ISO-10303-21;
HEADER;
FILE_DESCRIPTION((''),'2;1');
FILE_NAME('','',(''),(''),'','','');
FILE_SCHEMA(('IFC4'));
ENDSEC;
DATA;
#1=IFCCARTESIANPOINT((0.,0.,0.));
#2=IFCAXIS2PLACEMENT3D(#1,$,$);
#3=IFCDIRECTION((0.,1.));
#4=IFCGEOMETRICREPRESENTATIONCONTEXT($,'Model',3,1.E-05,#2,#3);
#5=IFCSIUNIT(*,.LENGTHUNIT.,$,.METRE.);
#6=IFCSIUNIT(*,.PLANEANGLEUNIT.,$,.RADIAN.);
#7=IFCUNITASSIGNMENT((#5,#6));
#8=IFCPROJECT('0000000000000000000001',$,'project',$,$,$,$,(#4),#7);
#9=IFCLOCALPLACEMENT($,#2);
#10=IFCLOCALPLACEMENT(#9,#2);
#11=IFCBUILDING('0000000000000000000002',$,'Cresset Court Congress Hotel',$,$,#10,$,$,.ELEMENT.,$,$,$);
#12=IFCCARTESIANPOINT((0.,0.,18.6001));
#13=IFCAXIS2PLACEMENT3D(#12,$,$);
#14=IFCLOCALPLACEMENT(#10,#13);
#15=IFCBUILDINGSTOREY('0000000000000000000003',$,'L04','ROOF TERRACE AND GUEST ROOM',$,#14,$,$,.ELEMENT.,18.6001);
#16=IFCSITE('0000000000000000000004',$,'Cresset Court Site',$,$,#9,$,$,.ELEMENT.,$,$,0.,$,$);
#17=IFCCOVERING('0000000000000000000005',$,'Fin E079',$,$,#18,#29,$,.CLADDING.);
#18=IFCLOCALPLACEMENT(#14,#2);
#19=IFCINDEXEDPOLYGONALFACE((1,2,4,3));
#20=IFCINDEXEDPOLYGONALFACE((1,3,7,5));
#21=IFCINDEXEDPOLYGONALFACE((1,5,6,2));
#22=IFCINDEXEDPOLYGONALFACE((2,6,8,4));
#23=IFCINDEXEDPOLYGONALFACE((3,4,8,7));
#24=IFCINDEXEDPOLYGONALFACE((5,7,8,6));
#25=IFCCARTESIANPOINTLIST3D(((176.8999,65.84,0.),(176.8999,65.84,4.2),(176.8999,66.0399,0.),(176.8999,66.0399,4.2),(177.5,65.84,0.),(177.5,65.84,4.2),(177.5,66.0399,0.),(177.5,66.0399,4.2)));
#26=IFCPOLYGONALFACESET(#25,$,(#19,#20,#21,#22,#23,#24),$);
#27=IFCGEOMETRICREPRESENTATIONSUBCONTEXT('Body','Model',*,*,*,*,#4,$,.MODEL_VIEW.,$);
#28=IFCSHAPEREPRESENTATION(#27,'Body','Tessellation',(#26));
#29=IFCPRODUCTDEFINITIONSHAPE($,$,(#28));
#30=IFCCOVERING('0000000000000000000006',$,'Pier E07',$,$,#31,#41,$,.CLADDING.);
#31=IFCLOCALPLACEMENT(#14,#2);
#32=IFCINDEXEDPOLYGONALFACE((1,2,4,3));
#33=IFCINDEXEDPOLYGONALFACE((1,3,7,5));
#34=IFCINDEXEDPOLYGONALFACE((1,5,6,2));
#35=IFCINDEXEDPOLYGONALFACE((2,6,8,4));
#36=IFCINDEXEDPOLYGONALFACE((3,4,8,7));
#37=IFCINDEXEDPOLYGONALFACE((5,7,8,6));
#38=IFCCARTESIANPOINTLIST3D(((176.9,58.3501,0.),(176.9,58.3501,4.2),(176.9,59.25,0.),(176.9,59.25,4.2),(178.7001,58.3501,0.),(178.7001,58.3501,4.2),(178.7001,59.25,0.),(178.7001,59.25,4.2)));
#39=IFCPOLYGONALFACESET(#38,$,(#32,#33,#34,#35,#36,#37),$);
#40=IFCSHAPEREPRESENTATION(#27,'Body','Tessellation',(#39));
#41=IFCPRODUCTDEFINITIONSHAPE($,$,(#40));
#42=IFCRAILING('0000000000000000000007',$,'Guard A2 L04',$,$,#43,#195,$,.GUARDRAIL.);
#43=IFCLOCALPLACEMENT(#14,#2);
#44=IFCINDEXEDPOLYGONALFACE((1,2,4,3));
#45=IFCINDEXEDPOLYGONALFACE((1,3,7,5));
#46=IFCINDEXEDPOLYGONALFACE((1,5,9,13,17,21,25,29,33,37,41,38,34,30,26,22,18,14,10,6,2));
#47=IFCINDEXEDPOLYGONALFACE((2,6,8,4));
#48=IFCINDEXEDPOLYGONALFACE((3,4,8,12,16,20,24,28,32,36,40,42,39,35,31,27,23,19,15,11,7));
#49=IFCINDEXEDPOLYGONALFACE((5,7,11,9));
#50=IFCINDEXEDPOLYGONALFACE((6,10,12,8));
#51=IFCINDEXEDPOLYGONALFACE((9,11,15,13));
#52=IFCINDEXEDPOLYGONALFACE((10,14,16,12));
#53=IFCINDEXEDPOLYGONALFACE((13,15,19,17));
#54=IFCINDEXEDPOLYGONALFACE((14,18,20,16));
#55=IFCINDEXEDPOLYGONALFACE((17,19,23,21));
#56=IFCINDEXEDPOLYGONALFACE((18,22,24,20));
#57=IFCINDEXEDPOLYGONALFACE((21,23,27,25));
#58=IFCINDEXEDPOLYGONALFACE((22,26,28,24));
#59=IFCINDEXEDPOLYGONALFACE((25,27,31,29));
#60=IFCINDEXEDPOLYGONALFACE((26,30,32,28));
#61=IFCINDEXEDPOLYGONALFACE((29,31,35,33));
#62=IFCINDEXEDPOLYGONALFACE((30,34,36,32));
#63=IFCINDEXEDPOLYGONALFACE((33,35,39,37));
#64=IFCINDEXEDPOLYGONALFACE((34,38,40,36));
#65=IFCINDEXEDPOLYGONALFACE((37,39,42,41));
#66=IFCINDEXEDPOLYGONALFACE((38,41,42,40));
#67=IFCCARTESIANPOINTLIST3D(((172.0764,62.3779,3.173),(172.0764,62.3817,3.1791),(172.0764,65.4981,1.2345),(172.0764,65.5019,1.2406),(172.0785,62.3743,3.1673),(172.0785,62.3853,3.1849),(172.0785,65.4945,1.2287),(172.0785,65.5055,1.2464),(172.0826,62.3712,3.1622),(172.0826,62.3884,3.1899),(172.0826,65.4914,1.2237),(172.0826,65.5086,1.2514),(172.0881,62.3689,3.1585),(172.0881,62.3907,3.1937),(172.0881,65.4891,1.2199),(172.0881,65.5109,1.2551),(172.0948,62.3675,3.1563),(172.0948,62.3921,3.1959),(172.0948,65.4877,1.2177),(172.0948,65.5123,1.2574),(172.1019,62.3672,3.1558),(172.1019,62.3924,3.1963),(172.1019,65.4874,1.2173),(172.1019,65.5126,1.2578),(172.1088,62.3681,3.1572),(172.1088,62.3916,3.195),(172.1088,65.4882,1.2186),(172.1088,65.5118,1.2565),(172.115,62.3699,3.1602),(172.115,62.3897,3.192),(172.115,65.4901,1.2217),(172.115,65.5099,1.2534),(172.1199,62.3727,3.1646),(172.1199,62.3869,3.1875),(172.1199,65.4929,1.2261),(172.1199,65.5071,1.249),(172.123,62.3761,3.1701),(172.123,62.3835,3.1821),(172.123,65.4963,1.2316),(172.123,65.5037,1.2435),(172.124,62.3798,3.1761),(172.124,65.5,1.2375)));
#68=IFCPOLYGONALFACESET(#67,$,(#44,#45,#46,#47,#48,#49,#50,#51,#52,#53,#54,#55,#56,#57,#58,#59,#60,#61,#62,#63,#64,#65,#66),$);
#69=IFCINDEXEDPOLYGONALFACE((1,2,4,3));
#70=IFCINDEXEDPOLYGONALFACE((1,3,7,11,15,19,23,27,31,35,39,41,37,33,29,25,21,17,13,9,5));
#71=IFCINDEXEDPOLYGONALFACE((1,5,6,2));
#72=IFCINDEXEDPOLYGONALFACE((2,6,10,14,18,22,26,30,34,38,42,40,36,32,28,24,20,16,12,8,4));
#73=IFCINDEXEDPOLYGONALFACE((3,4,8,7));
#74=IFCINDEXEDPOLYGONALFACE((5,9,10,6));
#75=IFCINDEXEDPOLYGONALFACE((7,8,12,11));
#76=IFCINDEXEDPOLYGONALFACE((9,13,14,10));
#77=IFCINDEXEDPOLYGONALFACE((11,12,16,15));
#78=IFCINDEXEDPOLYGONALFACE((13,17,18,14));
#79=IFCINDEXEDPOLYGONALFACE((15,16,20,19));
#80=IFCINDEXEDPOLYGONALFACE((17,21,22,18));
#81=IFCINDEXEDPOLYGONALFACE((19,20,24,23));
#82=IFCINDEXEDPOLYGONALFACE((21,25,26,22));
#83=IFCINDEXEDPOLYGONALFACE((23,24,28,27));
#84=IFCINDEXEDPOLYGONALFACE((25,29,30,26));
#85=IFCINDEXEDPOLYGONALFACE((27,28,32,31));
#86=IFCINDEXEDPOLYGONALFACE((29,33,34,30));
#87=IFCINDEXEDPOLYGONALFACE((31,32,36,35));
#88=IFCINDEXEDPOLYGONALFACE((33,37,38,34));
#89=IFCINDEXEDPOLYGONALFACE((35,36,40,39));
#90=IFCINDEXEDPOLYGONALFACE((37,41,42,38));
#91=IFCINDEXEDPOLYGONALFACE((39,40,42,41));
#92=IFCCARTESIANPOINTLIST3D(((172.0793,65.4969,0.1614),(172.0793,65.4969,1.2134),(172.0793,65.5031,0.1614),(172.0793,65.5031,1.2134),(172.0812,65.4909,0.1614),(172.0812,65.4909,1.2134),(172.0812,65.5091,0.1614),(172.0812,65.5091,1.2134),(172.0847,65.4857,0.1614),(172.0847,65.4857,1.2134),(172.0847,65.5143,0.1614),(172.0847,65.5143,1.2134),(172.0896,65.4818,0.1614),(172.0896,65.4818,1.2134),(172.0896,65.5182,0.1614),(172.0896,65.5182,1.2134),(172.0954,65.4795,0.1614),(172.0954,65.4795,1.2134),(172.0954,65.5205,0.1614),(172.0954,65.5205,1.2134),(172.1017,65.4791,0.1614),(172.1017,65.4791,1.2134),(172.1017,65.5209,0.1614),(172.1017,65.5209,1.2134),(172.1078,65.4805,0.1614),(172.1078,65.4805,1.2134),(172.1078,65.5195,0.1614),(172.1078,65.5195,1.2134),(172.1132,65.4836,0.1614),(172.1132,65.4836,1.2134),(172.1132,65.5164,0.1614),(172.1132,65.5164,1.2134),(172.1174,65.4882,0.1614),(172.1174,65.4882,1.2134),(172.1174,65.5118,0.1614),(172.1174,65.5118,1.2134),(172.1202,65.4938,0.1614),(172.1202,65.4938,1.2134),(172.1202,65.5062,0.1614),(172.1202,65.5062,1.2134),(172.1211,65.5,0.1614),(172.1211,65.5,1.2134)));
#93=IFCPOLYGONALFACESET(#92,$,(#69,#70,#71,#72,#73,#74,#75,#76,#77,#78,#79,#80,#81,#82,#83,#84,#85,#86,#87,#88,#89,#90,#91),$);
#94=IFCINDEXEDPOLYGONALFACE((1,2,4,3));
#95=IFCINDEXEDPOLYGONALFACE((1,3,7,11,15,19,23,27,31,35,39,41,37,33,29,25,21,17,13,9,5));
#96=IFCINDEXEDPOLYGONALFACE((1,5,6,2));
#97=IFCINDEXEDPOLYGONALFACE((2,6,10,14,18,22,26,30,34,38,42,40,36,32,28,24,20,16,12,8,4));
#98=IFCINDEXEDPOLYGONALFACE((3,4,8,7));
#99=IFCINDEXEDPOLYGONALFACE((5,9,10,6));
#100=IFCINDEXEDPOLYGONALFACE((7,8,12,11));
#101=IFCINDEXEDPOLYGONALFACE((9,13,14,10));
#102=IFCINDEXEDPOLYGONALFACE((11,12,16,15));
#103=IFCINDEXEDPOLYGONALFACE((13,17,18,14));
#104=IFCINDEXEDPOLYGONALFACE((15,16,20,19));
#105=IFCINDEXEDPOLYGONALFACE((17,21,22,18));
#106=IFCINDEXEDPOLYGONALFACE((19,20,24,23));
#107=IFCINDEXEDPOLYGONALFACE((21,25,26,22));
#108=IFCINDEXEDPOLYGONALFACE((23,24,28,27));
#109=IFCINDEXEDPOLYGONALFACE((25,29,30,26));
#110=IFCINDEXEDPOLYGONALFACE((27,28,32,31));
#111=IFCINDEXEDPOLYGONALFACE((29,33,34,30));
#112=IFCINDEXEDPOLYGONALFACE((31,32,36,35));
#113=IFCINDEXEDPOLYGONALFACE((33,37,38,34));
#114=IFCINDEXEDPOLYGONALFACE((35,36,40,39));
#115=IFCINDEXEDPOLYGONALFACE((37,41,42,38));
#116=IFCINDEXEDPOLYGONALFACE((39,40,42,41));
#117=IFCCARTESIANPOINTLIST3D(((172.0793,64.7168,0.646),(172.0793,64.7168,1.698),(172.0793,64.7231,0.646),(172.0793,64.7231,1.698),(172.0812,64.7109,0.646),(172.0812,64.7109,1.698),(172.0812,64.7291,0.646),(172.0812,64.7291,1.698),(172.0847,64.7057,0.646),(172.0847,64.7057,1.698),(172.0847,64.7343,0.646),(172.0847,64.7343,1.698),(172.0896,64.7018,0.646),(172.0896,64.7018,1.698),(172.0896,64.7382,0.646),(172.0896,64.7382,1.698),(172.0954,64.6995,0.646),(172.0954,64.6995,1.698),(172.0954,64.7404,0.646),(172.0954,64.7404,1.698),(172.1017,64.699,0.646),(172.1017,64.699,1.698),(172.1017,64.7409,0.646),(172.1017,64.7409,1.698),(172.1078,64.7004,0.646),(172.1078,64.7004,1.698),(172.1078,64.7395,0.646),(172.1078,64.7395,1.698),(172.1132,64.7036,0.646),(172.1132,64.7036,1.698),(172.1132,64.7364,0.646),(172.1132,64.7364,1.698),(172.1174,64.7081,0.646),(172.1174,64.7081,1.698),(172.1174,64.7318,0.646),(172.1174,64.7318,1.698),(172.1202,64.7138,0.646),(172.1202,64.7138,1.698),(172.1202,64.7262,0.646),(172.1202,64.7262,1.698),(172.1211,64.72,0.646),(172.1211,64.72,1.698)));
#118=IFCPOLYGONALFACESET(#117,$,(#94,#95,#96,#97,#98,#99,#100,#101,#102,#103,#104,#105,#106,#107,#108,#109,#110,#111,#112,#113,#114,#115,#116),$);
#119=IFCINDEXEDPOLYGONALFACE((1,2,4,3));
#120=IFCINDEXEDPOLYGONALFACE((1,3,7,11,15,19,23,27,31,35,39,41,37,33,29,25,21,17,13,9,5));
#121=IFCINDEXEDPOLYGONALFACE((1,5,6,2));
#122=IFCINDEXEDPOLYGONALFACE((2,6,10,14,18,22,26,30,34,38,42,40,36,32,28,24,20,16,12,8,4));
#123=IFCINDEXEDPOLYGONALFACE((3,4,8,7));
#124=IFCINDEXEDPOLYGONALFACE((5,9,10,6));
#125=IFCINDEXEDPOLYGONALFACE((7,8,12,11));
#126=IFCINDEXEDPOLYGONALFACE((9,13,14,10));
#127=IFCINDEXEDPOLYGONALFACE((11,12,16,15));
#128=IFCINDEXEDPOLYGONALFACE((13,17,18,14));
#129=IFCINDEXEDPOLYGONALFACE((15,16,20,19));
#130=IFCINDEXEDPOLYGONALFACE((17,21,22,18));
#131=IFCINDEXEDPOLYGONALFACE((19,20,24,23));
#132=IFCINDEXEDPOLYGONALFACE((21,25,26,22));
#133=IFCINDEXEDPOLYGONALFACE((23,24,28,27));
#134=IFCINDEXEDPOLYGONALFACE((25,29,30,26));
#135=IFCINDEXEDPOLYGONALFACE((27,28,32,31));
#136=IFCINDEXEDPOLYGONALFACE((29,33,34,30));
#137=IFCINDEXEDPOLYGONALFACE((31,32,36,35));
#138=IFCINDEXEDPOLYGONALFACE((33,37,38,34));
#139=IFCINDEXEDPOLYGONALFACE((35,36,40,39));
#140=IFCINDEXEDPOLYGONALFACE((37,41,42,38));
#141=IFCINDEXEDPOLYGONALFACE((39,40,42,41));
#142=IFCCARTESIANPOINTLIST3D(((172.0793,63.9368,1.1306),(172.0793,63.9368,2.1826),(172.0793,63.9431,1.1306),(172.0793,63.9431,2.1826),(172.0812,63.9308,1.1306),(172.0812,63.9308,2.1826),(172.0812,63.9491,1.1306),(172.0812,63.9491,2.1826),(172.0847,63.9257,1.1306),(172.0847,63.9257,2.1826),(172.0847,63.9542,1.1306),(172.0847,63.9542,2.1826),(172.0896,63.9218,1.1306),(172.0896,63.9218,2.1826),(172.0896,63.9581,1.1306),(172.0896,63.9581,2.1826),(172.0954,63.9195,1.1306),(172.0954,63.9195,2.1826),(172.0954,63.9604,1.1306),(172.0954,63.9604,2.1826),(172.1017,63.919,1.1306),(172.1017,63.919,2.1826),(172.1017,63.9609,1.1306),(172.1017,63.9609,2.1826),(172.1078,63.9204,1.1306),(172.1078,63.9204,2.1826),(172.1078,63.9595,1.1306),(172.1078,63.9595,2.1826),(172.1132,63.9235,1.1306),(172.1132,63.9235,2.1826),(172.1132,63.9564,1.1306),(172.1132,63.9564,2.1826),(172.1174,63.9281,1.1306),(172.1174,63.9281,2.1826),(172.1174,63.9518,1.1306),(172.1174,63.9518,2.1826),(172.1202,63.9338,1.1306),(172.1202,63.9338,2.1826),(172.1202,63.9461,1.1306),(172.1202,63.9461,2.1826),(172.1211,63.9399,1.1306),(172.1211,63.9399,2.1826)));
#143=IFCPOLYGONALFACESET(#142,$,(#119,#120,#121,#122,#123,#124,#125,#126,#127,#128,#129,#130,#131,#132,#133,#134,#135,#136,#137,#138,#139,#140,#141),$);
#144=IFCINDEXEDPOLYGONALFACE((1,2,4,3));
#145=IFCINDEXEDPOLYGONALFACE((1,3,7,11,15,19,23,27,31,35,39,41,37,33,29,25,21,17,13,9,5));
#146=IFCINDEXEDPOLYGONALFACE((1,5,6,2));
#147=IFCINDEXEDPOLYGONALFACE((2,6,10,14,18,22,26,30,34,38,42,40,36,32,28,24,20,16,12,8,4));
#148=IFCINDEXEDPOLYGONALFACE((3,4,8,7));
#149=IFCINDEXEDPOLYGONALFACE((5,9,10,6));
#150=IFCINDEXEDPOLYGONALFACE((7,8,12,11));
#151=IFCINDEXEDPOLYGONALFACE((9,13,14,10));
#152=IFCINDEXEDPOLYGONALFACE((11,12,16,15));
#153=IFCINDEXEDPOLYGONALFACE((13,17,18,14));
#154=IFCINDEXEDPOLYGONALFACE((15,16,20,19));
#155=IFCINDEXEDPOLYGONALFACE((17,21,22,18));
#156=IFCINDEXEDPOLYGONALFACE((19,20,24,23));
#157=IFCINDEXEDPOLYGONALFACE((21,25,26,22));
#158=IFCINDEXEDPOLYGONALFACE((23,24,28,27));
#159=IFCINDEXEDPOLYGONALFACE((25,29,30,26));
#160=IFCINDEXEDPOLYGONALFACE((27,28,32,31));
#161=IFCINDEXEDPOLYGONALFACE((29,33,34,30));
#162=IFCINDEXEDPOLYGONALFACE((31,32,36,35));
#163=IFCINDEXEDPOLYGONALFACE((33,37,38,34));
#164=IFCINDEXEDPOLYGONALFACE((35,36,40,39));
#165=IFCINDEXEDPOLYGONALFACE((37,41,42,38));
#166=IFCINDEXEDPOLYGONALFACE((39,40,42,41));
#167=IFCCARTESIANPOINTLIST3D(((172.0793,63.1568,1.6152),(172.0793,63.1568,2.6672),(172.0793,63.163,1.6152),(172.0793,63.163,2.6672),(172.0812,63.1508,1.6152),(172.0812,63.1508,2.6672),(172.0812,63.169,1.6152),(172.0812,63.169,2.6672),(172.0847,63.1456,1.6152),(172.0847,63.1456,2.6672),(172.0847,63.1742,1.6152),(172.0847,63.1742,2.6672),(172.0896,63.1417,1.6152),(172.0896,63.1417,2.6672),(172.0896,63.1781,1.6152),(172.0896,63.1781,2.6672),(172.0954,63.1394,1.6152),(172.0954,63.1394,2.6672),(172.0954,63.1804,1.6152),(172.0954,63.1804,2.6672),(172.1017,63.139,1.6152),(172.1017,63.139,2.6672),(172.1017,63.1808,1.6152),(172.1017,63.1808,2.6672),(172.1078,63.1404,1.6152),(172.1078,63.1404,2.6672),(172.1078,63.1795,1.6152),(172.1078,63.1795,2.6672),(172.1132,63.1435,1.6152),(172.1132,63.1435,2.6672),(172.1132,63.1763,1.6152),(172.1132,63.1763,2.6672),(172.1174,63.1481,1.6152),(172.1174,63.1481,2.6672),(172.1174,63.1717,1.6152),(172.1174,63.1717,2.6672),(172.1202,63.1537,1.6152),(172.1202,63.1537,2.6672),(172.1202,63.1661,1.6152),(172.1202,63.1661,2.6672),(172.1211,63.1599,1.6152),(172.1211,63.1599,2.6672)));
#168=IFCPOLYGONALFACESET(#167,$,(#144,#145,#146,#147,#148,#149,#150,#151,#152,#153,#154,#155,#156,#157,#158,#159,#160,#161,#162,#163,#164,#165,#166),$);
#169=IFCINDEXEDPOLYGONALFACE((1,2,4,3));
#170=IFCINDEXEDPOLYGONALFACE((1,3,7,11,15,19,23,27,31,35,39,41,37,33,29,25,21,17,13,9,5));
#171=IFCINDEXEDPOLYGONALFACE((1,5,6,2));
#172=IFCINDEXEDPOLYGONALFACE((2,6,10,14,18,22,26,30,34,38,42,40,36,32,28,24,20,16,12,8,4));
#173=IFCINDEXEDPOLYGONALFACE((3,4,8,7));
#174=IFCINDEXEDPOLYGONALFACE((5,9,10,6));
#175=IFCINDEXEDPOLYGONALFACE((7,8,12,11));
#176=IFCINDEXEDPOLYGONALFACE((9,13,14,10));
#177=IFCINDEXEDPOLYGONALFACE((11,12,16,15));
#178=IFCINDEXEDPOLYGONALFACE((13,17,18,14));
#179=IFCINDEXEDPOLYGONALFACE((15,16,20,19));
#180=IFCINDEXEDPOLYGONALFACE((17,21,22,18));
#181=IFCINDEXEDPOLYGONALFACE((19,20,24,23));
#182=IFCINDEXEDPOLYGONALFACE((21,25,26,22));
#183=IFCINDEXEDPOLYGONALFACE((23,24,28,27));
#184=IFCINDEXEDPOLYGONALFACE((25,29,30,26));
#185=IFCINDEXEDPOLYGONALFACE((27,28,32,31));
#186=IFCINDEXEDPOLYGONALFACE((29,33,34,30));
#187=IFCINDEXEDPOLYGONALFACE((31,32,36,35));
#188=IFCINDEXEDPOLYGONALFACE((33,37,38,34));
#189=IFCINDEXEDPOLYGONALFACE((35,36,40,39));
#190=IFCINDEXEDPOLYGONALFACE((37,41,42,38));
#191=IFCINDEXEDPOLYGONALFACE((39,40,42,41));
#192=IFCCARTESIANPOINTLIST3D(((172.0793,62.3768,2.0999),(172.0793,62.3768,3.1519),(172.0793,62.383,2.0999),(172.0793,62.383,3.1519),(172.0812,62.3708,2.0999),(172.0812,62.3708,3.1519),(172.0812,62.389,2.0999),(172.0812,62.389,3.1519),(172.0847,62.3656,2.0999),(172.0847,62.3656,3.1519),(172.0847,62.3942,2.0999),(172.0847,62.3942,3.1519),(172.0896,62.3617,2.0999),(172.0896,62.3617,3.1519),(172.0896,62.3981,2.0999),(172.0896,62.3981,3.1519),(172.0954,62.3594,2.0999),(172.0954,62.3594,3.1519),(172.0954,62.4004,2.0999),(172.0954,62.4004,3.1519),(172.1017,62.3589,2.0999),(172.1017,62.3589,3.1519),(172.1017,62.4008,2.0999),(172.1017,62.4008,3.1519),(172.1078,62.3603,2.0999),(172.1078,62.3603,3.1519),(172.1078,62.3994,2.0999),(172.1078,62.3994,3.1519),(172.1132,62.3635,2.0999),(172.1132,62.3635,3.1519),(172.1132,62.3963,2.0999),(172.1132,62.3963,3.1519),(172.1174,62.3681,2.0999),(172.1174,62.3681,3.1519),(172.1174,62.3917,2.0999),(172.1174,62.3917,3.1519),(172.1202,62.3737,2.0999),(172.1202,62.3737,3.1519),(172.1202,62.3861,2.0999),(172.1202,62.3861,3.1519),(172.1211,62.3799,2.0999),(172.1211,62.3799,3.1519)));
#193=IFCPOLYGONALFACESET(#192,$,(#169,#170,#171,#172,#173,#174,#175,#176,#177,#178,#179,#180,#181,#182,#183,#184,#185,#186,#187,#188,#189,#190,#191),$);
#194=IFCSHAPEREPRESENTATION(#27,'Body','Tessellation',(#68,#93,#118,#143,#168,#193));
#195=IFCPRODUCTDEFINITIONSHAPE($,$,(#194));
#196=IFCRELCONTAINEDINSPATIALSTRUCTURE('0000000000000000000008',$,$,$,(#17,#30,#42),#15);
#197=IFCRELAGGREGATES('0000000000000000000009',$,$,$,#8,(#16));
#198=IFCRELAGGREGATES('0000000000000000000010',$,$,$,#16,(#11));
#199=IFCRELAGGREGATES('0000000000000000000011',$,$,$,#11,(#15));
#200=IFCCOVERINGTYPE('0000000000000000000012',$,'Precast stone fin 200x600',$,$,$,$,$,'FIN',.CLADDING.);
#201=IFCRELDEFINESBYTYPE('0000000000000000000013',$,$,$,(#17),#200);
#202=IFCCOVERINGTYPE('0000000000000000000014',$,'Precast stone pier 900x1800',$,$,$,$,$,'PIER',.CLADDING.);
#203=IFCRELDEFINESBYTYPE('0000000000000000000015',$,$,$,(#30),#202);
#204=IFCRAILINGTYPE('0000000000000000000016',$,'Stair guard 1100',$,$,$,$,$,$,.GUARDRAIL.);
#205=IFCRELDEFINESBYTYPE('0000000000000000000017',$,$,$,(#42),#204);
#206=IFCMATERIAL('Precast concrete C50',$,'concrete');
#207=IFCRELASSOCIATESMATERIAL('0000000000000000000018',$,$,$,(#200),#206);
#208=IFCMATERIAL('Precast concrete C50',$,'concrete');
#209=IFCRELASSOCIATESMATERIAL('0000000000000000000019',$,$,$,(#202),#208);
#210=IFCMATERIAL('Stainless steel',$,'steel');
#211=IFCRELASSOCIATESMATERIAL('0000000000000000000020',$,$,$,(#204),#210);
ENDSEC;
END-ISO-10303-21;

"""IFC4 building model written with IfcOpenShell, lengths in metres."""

from ifc_helpers import new_model, si_unit, direction, frame, origin, origin_2d, place, context, subcontext, project, spatial, rectangle, circle, extrude, material, type_object, element, save


model = new_model("IFC4")

# Units and contexts
model_context = context("Model", 3, precision=1e-05, world=origin(), true_north=direction((0.0, 1.0)))
body_context = subcontext(model_context, "Body", "Model", "MODEL_VIEW")
ifc_project = project(units=[si_unit("LENGTHUNIT", "METRE"), si_unit("PLANEANGLEUNIT", "RADIAN")], contexts=[model_context])

# Site, building, storey
site_placement = place(None, origin())
site = spatial("IfcSite", under=ifc_project, at=site_placement, Name="Cresset Court Site", CompositionType="ELEMENT", RefElevation=0.0)
building_placement = place(site_placement, origin())
building = spatial("IfcBuilding", under=site, at=building_placement, Name="Cresset Court Congress Hotel", CompositionType="ELEMENT")
storey_placement = place(building_placement, frame((0.0, 0.0, 18.6001)))
storey = spatial("IfcBuildingStorey", under=building, at=storey_placement, Name="L04", Description="ROOF TERRACE AND GUEST ROOM", CompositionType="ELEMENT", Elevation=18.6001)

# Coverings
ifc_material_1 = material(Name="Precast concrete C50", Category="concrete")
covering_type_1 = type_object("IfcCoveringType", Name="Precast stone fin 200x600", ElementType="FIN", PredefinedType="CLADDING", material=ifc_material_1)
for number, where, z_axis, x_axis, name in (
    (1, (177.2, 65.9399, 0.0), (0.0, 0.0, 1.0), (1.0, 0.0, 0.0), "Fin E079"),
):
    element("IfcCovering", number, at=place(storey_placement, frame(where, z_axis=z_axis, x_axis=x_axis)), inside=storey, type_object=covering_type_1, Name=name, PredefinedType="CLADDING", context=body_context, shape_type="SweptSolid", body=[
        extrude(rectangle(XDim=0.6001, YDim=0.2, at=origin_2d()), origin(), (0.0, 0.0, 1.0), 4.2),
    ])
ifc_material_2 = material(Name="Precast concrete C50", Category="concrete")
covering_type_2 = type_object("IfcCoveringType", Name="Precast stone pier 900x1800", ElementType="PIER", PredefinedType="CLADDING", material=ifc_material_2)
covering_placement = place(storey_placement, frame((177.8, 58.8, 0.0), z_axis=(0.0, 0.0, 1.0), x_axis=(1.0, 0.0, 0.0)))
element("IfcCovering", 2, at=covering_placement, inside=storey, type_object=covering_type_2, Name="Pier E07", PredefinedType="CLADDING", context=body_context, shape_type="SweptSolid", body=[
    extrude(rectangle(XDim=1.8, YDim=0.8999, at=origin_2d()), origin(), (0.0, 0.0, 1.0), 4.2),
])

# Railing
ifc_material_3 = material(Name="Stainless steel", Category="steel")
railing_type_1 = type_object("IfcRailingType", Name="Stair guard 1100", PredefinedType="GUARDRAIL", material=ifc_material_3)
railing_1_placement = place(storey_placement, frame((172.1001, 65.5, 0.1614)))
element("IfcRailing", 3, at=railing_1_placement, inside=storey, type_object=railing_type_1, Name="Guard A2 L04", PredefinedType="GUARDRAIL", context=body_context, shape_type="SweptSolid", body=[
    extrude(circle(Radius=0.0239, at=origin_2d()), frame((0.0, 0.0, 1.0762), z_axis=(0.0, -0.849414, 0.527727), x_axis=(1.0, 0.0, 0.0)), (0.0, 0.0, 1.0), 3.6733),
    extrude(circle(Radius=0.021, at=origin_2d()), origin(), (0.0, 0.0, 1.0), 1.052),
    extrude(circle(Radius=0.021, at=origin_2d()), frame((0.0, -0.78, 0.4846)), (0.0, 0.0, 1.0), 1.052),
    extrude(circle(Radius=0.021, at=origin_2d()), frame((0.0, -1.5601, 0.9692)), (0.0, 0.0, 1.0), 1.052),
    extrude(circle(Radius=0.021, at=origin_2d()), frame((0.0, -2.3401, 1.4539)), (0.0, 0.0, 1.0), 1.052),
    extrude(circle(Radius=0.021, at=origin_2d()), frame((0.0, -3.1201, 1.9385)), (0.0, 0.0, 1.0), 1.052),
])

save(model, "model.ifc")
